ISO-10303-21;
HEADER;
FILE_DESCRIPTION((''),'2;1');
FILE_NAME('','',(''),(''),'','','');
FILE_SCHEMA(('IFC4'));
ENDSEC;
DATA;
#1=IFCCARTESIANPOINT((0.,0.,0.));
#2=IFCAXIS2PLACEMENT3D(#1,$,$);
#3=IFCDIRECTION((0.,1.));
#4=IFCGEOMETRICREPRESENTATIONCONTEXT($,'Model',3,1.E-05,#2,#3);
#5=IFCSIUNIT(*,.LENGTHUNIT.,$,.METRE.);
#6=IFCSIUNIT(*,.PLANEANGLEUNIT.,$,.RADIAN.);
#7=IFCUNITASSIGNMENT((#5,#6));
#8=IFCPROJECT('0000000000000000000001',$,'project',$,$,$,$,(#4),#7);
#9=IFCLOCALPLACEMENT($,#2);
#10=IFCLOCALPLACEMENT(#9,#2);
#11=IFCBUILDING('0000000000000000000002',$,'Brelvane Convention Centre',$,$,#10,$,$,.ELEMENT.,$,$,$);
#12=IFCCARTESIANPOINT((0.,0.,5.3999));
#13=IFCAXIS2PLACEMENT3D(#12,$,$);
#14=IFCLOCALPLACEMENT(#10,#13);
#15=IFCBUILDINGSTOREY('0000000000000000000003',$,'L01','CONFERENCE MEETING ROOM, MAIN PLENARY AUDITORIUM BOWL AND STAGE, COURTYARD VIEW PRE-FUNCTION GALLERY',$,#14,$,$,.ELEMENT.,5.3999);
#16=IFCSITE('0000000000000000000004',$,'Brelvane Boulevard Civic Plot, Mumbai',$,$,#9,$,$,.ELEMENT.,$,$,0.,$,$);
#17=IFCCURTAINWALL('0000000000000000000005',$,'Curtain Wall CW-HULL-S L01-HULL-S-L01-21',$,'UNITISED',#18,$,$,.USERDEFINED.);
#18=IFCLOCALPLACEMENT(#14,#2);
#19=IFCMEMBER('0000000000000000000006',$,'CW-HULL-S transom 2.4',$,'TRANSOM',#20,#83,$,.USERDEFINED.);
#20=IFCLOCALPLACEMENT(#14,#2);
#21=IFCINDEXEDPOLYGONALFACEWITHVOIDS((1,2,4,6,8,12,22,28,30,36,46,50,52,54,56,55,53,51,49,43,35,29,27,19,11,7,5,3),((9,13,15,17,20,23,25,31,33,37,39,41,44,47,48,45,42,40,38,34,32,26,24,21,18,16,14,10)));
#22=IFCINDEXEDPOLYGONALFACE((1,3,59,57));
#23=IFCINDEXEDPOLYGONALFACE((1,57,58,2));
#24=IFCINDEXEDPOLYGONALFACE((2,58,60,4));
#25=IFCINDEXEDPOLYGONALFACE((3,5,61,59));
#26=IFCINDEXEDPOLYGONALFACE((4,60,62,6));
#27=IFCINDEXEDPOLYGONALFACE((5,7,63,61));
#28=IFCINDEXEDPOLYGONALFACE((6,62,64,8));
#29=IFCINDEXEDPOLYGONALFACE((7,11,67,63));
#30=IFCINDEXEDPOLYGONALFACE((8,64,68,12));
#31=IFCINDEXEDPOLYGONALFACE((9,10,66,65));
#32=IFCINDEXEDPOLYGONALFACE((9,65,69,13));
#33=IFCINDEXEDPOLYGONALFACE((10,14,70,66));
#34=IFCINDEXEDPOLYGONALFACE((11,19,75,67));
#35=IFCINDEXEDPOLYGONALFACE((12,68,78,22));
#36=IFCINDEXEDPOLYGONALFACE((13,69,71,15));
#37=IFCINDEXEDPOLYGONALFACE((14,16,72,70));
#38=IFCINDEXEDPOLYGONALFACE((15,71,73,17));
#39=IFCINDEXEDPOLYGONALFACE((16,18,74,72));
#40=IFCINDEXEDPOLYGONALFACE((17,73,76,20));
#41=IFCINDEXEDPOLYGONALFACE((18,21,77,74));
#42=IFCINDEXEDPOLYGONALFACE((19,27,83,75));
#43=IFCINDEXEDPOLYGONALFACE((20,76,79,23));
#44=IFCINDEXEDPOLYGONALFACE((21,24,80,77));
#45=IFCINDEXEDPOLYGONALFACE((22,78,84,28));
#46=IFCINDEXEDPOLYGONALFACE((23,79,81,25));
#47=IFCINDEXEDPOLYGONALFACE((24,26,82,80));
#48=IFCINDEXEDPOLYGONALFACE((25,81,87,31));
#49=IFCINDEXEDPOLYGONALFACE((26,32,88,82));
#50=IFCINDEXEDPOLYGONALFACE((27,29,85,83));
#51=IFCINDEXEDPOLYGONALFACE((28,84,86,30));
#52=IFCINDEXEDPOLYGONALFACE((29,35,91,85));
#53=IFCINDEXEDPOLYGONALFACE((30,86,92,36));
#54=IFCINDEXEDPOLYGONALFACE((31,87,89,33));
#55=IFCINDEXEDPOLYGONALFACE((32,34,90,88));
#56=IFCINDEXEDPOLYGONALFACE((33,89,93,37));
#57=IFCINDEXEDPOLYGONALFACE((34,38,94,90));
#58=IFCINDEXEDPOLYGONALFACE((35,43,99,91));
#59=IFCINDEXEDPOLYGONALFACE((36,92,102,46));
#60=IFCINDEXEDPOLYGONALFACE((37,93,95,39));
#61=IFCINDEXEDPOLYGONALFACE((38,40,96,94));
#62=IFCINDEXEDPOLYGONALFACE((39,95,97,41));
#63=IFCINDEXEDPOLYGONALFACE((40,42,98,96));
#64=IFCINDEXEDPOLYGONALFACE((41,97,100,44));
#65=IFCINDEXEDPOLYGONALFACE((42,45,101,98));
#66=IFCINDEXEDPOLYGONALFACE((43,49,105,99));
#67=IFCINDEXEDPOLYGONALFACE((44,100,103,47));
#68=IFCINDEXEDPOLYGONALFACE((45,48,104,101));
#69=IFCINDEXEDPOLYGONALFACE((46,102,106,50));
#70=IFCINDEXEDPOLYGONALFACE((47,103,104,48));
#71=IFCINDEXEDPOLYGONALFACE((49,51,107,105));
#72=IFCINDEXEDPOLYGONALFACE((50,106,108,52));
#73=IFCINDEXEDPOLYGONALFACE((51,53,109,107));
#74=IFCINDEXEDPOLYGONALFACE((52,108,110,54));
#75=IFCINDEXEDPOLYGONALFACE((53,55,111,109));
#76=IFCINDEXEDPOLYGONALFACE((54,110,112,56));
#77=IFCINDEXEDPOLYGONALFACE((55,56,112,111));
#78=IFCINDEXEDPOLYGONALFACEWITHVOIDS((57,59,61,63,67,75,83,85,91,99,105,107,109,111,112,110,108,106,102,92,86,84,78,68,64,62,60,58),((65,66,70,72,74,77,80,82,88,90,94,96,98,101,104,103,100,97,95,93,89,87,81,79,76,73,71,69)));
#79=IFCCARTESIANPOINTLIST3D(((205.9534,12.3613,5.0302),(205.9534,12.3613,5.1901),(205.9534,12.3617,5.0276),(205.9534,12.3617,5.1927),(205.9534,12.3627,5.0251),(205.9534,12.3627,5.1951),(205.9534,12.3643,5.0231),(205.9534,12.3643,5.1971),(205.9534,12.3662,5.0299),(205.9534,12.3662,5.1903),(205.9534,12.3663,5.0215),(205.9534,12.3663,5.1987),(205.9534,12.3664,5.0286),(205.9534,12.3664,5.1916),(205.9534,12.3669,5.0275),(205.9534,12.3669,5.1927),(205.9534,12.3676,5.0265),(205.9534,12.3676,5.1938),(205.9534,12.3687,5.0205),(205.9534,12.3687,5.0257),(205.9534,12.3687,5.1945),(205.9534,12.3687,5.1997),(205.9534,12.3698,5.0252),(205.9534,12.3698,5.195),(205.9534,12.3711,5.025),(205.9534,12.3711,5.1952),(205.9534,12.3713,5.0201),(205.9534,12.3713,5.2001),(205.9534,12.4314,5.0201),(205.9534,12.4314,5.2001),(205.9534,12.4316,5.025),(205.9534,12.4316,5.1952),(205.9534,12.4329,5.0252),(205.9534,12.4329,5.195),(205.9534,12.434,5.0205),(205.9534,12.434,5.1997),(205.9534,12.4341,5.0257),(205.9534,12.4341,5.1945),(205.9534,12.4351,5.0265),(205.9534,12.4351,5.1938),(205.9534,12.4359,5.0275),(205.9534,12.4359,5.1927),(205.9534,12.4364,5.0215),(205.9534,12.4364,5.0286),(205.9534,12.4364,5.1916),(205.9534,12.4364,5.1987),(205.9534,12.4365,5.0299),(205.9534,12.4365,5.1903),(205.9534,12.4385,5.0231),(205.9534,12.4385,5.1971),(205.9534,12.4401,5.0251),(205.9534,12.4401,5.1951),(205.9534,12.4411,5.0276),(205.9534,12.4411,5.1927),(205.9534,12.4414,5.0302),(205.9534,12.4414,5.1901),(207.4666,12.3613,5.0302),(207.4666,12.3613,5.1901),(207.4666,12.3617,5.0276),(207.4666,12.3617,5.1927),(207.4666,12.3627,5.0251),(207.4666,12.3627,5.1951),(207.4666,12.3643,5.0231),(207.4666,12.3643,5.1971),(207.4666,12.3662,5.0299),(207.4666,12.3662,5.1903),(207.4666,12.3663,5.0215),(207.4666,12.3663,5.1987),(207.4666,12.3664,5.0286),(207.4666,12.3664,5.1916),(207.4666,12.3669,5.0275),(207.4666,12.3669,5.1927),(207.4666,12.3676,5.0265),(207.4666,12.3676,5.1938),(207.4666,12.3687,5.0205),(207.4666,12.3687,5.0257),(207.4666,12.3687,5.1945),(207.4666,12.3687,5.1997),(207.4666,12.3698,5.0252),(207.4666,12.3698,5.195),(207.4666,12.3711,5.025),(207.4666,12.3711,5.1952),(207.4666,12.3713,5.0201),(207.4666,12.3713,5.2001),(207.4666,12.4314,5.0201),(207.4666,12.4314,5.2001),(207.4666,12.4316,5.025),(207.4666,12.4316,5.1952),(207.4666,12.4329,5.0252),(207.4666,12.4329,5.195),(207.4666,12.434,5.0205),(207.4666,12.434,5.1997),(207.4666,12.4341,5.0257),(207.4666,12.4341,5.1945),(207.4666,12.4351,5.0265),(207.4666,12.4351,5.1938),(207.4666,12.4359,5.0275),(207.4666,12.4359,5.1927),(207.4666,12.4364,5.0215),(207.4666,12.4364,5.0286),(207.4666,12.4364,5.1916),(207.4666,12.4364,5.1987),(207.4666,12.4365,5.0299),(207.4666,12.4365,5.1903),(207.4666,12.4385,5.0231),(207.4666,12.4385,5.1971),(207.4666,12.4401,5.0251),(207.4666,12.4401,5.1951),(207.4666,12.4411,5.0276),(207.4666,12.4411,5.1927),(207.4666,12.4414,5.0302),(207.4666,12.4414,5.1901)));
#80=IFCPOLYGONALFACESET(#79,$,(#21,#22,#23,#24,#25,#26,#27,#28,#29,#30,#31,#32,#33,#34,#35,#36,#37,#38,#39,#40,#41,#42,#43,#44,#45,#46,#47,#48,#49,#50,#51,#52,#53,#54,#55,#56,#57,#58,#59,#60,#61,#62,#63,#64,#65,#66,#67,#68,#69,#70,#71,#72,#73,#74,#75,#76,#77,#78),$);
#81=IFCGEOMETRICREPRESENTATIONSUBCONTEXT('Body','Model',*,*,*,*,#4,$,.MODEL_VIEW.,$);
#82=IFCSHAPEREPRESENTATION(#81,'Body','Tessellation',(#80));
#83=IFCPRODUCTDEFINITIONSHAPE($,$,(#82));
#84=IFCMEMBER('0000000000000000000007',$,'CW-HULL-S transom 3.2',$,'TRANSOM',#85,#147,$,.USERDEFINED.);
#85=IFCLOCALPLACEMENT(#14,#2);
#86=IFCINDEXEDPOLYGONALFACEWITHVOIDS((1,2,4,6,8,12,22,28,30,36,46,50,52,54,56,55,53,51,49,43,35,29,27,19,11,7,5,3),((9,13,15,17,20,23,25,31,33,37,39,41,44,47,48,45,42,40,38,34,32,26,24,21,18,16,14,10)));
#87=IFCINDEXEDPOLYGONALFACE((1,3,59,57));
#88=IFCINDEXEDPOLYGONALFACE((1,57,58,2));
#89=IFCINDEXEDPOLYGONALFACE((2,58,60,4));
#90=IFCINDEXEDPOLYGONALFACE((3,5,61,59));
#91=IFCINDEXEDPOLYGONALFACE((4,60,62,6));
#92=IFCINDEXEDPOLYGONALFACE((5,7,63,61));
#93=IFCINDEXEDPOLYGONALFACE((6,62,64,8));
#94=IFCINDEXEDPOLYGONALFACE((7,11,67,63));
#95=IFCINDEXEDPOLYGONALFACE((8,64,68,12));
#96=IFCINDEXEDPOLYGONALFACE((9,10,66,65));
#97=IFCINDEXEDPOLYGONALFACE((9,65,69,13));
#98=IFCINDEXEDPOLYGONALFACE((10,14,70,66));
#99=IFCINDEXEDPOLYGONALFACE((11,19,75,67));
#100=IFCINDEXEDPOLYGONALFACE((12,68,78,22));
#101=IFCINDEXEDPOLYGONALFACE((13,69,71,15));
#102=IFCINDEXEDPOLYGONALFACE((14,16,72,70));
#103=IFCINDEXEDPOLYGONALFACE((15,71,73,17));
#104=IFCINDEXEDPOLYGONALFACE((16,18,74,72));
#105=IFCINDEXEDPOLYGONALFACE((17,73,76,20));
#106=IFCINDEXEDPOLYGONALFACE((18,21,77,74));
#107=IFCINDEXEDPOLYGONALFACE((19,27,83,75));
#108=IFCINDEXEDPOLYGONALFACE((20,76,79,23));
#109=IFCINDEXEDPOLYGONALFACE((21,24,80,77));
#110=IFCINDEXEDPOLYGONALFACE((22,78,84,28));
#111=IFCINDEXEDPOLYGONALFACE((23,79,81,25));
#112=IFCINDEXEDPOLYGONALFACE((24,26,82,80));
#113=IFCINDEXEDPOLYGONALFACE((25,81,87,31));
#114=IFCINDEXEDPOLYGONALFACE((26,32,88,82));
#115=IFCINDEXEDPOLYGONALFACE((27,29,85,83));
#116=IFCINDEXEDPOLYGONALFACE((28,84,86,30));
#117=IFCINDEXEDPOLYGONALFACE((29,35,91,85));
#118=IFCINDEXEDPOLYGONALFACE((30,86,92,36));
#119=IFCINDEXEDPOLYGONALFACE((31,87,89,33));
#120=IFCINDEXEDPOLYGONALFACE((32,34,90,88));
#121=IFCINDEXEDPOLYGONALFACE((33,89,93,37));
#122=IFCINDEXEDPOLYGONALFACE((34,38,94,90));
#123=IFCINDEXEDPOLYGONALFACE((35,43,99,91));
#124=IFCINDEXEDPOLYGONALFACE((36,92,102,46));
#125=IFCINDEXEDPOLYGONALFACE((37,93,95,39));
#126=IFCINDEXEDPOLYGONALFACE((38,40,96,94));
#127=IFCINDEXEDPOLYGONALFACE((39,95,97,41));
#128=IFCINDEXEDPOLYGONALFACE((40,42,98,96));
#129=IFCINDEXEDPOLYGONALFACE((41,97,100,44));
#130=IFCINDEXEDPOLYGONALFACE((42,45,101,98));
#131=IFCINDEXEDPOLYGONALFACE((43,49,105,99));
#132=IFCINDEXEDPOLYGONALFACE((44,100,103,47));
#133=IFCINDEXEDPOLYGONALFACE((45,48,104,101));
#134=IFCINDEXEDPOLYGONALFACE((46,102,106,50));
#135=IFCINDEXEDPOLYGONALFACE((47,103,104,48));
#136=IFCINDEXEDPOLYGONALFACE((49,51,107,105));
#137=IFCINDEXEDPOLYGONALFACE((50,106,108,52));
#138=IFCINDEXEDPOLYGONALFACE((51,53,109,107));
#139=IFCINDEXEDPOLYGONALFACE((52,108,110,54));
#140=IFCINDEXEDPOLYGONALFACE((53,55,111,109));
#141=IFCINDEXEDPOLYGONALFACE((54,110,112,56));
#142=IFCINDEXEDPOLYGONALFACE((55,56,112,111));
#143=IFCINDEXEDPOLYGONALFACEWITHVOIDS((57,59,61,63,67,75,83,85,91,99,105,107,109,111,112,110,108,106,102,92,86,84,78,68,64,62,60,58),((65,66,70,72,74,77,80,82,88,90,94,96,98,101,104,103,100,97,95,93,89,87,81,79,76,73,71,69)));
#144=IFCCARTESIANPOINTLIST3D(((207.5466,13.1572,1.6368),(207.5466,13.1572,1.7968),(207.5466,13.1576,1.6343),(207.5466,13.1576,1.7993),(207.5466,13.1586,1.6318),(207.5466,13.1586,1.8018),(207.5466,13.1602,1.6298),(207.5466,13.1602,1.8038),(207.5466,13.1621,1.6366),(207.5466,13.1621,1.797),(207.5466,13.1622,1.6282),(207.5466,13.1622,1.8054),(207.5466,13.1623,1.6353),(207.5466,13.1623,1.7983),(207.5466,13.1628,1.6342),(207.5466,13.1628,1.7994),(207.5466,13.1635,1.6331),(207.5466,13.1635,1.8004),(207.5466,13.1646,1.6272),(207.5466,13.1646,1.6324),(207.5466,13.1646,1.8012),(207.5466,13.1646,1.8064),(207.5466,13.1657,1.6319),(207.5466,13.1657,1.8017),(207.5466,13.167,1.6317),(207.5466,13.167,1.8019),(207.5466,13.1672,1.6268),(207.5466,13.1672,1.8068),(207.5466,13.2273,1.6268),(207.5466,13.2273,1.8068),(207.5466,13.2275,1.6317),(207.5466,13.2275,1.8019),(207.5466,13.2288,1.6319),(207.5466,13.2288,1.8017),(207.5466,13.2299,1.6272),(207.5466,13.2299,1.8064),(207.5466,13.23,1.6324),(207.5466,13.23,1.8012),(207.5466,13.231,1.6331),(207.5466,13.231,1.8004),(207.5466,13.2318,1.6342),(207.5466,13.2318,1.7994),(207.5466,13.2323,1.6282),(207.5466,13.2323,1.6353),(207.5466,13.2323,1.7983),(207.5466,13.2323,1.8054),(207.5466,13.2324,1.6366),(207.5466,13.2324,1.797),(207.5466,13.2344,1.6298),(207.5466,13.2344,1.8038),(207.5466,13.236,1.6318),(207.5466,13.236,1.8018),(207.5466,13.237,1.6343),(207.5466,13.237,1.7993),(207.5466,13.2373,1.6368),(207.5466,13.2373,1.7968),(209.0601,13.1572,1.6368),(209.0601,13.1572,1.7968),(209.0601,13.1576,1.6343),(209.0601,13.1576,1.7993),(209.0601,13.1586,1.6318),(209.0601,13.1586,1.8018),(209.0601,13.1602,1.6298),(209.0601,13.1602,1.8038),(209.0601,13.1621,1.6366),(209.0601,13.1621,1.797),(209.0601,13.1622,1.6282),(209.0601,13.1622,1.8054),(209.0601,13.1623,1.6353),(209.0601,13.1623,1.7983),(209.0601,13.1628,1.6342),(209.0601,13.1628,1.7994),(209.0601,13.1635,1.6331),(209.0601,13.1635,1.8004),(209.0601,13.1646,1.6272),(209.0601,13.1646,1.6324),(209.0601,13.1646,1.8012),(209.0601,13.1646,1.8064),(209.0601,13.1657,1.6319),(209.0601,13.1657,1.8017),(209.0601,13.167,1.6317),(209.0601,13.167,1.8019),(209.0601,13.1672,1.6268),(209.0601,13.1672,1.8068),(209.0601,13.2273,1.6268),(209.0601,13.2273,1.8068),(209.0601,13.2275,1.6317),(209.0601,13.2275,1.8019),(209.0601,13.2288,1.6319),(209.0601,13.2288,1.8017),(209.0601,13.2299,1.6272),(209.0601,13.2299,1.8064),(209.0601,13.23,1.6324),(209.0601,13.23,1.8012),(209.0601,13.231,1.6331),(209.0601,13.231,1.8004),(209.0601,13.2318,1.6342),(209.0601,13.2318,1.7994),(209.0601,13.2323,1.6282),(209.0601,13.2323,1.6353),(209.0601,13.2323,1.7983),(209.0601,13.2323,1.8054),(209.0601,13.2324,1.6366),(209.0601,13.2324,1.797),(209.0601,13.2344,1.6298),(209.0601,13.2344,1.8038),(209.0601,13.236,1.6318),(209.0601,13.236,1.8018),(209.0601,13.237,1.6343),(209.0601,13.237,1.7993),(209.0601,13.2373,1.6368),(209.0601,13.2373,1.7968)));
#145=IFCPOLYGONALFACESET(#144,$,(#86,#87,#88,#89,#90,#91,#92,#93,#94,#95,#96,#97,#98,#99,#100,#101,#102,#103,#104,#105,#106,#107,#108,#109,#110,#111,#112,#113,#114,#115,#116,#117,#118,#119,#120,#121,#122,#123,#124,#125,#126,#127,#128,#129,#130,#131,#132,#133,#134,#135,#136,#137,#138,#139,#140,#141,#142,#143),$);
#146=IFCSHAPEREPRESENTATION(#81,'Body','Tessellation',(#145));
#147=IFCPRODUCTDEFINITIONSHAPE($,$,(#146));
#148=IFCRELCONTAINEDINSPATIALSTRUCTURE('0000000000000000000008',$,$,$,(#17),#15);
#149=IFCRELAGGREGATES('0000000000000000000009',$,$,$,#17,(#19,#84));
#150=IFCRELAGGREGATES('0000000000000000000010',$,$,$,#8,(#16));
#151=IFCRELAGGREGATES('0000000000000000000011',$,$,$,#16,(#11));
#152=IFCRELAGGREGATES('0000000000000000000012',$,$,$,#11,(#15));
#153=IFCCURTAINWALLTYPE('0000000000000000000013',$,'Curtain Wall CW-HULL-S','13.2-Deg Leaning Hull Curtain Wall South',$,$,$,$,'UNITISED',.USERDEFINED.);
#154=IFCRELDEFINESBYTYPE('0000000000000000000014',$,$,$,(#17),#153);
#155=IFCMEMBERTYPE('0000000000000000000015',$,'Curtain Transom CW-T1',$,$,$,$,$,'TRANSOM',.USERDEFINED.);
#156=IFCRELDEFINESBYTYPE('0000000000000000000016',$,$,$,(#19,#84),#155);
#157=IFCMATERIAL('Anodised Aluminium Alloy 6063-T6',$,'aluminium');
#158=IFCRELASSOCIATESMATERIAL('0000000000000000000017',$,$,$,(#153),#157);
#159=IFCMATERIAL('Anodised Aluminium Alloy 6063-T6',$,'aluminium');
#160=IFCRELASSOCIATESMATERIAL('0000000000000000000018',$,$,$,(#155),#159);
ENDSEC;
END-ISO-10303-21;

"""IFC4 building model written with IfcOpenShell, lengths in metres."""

from ifc_helpers import new_model, si_unit, direction, frame, origin, origin_2d, place, context, subcontext, project, spatial, hollow_rectangle, extrude, material, material_profile, profile_set, type_object, element, aggregate, save


model = new_model("IFC4")

# Units and contexts
model_context = context("Model", 3, precision=1e-05, world=origin(), true_north=direction((0.0, 1.0)))
body_context = subcontext(model_context, "Body", "Model", "MODEL_VIEW")
ifc_project = project(units=[si_unit("LENGTHUNIT", "METRE"), si_unit("PLANEANGLEUNIT", "RADIAN")], contexts=[model_context])

# Site, building, storey
site_placement = place(None, origin())
site = spatial("IfcSite", under=ifc_project, at=site_placement, Name="Brelvane Boulevard Civic Plot, Mumbai", CompositionType="ELEMENT", RefElevation=0.0)
building_placement = place(site_placement, origin())
building = spatial("IfcBuilding", under=site, at=building_placement, Name="Brelvane Convention Centre", CompositionType="ELEMENT")
storey_placement = place(building_placement, frame((0.0, 0.0, 5.3999)))
storey = spatial("IfcBuildingStorey", under=building, at=storey_placement, Name="L01", Description="CONFERENCE MEETING ROOM, MAIN PLENARY AUDITORIUM BOWL AND STAGE, COURTYARD VIEW PRE-FUNCTION GALLERY", CompositionType="ELEMENT", Elevation=5.3999)

# Curtain wall, members
ifc_material_1 = material(Name="Anodised Aluminium Alloy 6063-T6", Category="aluminium")
curtain_wall_type = type_object("IfcCurtainWallType", Name="Curtain Wall CW-HULL-S", Description="13.2-Deg Leaning Hull Curtain Wall South", ElementType="UNITISED", PredefinedType="USERDEFINED", material=ifc_material_1)
curtain_wall_placement = place(storey_placement, origin())
curtain_wall = element("IfcCurtainWall", 1, at=curtain_wall_placement, inside=storey, type_object=curtain_wall_type, Name="Curtain Wall CW-HULL-S L01-HULL-S-L01-21", ObjectType="UNITISED", PredefinedType="USERDEFINED")
ifc_material_2 = material(Name="Anodised Aluminium Alloy 6063-T6", Category="aluminium")
ifc_material_profile = material_profile(ifc_material_2, hollow_rectangle(XDim=0.0801, YDim=0.1799, WallThickness=0.0049, InnerFilletRadius=0.0049, OuterFilletRadius=0.01, at=origin_2d()), Name="ALU-T 180x80x5.0")
ifc_profile_set = profile_set([ifc_material_profile], Name="Anodised Aluminium Alloy 6063-T6")
member_type = type_object("IfcMemberType", Name="Curtain Transom CW-T1", ElementType="TRANSOM", PredefinedType="USERDEFINED", material=ifc_profile_set)
member_1_placement = place(storey_placement, frame((205.9534, 12.4014, 5.1101), z_axis=(1.0, 0.0, 0.0), x_axis=(0.0, 1.0, 0.0)))
member_1 = element("IfcMember", 2, at=member_1_placement, type_object=member_type, Name="CW-HULL-S transom 2.4", ObjectType="TRANSOM", PredefinedType="USERDEFINED", context=body_context, shape_type="SweptSolid", body=[
    extrude(hollow_rectangle(XDim=0.0801, YDim=0.1799, WallThickness=0.0049, InnerFilletRadius=0.0049, OuterFilletRadius=0.01, at=origin_2d()), origin(), (0.0, 0.0, 1.0), 1.5132),
])
member_2_placement = place(storey_placement, frame((207.5466, 13.1973, 1.7168), z_axis=(1.0, 0.0, 0.0), x_axis=(0.0, 1.0, 0.0)))
member_2 = element("IfcMember", 3, at=member_2_placement, type_object=member_type, Name="CW-HULL-S transom 3.2", ObjectType="TRANSOM", PredefinedType="USERDEFINED", context=body_context, shape_type="SweptSolid", body=[
    extrude(hollow_rectangle(XDim=0.0801, YDim=0.1799, WallThickness=0.0049, InnerFilletRadius=0.0049, OuterFilletRadius=0.01, at=origin_2d()), origin(), (0.0, 0.0, 1.0), 1.5134),
])
aggregate(curtain_wall, [member_1, member_2])

save(model, "model.ifc")
